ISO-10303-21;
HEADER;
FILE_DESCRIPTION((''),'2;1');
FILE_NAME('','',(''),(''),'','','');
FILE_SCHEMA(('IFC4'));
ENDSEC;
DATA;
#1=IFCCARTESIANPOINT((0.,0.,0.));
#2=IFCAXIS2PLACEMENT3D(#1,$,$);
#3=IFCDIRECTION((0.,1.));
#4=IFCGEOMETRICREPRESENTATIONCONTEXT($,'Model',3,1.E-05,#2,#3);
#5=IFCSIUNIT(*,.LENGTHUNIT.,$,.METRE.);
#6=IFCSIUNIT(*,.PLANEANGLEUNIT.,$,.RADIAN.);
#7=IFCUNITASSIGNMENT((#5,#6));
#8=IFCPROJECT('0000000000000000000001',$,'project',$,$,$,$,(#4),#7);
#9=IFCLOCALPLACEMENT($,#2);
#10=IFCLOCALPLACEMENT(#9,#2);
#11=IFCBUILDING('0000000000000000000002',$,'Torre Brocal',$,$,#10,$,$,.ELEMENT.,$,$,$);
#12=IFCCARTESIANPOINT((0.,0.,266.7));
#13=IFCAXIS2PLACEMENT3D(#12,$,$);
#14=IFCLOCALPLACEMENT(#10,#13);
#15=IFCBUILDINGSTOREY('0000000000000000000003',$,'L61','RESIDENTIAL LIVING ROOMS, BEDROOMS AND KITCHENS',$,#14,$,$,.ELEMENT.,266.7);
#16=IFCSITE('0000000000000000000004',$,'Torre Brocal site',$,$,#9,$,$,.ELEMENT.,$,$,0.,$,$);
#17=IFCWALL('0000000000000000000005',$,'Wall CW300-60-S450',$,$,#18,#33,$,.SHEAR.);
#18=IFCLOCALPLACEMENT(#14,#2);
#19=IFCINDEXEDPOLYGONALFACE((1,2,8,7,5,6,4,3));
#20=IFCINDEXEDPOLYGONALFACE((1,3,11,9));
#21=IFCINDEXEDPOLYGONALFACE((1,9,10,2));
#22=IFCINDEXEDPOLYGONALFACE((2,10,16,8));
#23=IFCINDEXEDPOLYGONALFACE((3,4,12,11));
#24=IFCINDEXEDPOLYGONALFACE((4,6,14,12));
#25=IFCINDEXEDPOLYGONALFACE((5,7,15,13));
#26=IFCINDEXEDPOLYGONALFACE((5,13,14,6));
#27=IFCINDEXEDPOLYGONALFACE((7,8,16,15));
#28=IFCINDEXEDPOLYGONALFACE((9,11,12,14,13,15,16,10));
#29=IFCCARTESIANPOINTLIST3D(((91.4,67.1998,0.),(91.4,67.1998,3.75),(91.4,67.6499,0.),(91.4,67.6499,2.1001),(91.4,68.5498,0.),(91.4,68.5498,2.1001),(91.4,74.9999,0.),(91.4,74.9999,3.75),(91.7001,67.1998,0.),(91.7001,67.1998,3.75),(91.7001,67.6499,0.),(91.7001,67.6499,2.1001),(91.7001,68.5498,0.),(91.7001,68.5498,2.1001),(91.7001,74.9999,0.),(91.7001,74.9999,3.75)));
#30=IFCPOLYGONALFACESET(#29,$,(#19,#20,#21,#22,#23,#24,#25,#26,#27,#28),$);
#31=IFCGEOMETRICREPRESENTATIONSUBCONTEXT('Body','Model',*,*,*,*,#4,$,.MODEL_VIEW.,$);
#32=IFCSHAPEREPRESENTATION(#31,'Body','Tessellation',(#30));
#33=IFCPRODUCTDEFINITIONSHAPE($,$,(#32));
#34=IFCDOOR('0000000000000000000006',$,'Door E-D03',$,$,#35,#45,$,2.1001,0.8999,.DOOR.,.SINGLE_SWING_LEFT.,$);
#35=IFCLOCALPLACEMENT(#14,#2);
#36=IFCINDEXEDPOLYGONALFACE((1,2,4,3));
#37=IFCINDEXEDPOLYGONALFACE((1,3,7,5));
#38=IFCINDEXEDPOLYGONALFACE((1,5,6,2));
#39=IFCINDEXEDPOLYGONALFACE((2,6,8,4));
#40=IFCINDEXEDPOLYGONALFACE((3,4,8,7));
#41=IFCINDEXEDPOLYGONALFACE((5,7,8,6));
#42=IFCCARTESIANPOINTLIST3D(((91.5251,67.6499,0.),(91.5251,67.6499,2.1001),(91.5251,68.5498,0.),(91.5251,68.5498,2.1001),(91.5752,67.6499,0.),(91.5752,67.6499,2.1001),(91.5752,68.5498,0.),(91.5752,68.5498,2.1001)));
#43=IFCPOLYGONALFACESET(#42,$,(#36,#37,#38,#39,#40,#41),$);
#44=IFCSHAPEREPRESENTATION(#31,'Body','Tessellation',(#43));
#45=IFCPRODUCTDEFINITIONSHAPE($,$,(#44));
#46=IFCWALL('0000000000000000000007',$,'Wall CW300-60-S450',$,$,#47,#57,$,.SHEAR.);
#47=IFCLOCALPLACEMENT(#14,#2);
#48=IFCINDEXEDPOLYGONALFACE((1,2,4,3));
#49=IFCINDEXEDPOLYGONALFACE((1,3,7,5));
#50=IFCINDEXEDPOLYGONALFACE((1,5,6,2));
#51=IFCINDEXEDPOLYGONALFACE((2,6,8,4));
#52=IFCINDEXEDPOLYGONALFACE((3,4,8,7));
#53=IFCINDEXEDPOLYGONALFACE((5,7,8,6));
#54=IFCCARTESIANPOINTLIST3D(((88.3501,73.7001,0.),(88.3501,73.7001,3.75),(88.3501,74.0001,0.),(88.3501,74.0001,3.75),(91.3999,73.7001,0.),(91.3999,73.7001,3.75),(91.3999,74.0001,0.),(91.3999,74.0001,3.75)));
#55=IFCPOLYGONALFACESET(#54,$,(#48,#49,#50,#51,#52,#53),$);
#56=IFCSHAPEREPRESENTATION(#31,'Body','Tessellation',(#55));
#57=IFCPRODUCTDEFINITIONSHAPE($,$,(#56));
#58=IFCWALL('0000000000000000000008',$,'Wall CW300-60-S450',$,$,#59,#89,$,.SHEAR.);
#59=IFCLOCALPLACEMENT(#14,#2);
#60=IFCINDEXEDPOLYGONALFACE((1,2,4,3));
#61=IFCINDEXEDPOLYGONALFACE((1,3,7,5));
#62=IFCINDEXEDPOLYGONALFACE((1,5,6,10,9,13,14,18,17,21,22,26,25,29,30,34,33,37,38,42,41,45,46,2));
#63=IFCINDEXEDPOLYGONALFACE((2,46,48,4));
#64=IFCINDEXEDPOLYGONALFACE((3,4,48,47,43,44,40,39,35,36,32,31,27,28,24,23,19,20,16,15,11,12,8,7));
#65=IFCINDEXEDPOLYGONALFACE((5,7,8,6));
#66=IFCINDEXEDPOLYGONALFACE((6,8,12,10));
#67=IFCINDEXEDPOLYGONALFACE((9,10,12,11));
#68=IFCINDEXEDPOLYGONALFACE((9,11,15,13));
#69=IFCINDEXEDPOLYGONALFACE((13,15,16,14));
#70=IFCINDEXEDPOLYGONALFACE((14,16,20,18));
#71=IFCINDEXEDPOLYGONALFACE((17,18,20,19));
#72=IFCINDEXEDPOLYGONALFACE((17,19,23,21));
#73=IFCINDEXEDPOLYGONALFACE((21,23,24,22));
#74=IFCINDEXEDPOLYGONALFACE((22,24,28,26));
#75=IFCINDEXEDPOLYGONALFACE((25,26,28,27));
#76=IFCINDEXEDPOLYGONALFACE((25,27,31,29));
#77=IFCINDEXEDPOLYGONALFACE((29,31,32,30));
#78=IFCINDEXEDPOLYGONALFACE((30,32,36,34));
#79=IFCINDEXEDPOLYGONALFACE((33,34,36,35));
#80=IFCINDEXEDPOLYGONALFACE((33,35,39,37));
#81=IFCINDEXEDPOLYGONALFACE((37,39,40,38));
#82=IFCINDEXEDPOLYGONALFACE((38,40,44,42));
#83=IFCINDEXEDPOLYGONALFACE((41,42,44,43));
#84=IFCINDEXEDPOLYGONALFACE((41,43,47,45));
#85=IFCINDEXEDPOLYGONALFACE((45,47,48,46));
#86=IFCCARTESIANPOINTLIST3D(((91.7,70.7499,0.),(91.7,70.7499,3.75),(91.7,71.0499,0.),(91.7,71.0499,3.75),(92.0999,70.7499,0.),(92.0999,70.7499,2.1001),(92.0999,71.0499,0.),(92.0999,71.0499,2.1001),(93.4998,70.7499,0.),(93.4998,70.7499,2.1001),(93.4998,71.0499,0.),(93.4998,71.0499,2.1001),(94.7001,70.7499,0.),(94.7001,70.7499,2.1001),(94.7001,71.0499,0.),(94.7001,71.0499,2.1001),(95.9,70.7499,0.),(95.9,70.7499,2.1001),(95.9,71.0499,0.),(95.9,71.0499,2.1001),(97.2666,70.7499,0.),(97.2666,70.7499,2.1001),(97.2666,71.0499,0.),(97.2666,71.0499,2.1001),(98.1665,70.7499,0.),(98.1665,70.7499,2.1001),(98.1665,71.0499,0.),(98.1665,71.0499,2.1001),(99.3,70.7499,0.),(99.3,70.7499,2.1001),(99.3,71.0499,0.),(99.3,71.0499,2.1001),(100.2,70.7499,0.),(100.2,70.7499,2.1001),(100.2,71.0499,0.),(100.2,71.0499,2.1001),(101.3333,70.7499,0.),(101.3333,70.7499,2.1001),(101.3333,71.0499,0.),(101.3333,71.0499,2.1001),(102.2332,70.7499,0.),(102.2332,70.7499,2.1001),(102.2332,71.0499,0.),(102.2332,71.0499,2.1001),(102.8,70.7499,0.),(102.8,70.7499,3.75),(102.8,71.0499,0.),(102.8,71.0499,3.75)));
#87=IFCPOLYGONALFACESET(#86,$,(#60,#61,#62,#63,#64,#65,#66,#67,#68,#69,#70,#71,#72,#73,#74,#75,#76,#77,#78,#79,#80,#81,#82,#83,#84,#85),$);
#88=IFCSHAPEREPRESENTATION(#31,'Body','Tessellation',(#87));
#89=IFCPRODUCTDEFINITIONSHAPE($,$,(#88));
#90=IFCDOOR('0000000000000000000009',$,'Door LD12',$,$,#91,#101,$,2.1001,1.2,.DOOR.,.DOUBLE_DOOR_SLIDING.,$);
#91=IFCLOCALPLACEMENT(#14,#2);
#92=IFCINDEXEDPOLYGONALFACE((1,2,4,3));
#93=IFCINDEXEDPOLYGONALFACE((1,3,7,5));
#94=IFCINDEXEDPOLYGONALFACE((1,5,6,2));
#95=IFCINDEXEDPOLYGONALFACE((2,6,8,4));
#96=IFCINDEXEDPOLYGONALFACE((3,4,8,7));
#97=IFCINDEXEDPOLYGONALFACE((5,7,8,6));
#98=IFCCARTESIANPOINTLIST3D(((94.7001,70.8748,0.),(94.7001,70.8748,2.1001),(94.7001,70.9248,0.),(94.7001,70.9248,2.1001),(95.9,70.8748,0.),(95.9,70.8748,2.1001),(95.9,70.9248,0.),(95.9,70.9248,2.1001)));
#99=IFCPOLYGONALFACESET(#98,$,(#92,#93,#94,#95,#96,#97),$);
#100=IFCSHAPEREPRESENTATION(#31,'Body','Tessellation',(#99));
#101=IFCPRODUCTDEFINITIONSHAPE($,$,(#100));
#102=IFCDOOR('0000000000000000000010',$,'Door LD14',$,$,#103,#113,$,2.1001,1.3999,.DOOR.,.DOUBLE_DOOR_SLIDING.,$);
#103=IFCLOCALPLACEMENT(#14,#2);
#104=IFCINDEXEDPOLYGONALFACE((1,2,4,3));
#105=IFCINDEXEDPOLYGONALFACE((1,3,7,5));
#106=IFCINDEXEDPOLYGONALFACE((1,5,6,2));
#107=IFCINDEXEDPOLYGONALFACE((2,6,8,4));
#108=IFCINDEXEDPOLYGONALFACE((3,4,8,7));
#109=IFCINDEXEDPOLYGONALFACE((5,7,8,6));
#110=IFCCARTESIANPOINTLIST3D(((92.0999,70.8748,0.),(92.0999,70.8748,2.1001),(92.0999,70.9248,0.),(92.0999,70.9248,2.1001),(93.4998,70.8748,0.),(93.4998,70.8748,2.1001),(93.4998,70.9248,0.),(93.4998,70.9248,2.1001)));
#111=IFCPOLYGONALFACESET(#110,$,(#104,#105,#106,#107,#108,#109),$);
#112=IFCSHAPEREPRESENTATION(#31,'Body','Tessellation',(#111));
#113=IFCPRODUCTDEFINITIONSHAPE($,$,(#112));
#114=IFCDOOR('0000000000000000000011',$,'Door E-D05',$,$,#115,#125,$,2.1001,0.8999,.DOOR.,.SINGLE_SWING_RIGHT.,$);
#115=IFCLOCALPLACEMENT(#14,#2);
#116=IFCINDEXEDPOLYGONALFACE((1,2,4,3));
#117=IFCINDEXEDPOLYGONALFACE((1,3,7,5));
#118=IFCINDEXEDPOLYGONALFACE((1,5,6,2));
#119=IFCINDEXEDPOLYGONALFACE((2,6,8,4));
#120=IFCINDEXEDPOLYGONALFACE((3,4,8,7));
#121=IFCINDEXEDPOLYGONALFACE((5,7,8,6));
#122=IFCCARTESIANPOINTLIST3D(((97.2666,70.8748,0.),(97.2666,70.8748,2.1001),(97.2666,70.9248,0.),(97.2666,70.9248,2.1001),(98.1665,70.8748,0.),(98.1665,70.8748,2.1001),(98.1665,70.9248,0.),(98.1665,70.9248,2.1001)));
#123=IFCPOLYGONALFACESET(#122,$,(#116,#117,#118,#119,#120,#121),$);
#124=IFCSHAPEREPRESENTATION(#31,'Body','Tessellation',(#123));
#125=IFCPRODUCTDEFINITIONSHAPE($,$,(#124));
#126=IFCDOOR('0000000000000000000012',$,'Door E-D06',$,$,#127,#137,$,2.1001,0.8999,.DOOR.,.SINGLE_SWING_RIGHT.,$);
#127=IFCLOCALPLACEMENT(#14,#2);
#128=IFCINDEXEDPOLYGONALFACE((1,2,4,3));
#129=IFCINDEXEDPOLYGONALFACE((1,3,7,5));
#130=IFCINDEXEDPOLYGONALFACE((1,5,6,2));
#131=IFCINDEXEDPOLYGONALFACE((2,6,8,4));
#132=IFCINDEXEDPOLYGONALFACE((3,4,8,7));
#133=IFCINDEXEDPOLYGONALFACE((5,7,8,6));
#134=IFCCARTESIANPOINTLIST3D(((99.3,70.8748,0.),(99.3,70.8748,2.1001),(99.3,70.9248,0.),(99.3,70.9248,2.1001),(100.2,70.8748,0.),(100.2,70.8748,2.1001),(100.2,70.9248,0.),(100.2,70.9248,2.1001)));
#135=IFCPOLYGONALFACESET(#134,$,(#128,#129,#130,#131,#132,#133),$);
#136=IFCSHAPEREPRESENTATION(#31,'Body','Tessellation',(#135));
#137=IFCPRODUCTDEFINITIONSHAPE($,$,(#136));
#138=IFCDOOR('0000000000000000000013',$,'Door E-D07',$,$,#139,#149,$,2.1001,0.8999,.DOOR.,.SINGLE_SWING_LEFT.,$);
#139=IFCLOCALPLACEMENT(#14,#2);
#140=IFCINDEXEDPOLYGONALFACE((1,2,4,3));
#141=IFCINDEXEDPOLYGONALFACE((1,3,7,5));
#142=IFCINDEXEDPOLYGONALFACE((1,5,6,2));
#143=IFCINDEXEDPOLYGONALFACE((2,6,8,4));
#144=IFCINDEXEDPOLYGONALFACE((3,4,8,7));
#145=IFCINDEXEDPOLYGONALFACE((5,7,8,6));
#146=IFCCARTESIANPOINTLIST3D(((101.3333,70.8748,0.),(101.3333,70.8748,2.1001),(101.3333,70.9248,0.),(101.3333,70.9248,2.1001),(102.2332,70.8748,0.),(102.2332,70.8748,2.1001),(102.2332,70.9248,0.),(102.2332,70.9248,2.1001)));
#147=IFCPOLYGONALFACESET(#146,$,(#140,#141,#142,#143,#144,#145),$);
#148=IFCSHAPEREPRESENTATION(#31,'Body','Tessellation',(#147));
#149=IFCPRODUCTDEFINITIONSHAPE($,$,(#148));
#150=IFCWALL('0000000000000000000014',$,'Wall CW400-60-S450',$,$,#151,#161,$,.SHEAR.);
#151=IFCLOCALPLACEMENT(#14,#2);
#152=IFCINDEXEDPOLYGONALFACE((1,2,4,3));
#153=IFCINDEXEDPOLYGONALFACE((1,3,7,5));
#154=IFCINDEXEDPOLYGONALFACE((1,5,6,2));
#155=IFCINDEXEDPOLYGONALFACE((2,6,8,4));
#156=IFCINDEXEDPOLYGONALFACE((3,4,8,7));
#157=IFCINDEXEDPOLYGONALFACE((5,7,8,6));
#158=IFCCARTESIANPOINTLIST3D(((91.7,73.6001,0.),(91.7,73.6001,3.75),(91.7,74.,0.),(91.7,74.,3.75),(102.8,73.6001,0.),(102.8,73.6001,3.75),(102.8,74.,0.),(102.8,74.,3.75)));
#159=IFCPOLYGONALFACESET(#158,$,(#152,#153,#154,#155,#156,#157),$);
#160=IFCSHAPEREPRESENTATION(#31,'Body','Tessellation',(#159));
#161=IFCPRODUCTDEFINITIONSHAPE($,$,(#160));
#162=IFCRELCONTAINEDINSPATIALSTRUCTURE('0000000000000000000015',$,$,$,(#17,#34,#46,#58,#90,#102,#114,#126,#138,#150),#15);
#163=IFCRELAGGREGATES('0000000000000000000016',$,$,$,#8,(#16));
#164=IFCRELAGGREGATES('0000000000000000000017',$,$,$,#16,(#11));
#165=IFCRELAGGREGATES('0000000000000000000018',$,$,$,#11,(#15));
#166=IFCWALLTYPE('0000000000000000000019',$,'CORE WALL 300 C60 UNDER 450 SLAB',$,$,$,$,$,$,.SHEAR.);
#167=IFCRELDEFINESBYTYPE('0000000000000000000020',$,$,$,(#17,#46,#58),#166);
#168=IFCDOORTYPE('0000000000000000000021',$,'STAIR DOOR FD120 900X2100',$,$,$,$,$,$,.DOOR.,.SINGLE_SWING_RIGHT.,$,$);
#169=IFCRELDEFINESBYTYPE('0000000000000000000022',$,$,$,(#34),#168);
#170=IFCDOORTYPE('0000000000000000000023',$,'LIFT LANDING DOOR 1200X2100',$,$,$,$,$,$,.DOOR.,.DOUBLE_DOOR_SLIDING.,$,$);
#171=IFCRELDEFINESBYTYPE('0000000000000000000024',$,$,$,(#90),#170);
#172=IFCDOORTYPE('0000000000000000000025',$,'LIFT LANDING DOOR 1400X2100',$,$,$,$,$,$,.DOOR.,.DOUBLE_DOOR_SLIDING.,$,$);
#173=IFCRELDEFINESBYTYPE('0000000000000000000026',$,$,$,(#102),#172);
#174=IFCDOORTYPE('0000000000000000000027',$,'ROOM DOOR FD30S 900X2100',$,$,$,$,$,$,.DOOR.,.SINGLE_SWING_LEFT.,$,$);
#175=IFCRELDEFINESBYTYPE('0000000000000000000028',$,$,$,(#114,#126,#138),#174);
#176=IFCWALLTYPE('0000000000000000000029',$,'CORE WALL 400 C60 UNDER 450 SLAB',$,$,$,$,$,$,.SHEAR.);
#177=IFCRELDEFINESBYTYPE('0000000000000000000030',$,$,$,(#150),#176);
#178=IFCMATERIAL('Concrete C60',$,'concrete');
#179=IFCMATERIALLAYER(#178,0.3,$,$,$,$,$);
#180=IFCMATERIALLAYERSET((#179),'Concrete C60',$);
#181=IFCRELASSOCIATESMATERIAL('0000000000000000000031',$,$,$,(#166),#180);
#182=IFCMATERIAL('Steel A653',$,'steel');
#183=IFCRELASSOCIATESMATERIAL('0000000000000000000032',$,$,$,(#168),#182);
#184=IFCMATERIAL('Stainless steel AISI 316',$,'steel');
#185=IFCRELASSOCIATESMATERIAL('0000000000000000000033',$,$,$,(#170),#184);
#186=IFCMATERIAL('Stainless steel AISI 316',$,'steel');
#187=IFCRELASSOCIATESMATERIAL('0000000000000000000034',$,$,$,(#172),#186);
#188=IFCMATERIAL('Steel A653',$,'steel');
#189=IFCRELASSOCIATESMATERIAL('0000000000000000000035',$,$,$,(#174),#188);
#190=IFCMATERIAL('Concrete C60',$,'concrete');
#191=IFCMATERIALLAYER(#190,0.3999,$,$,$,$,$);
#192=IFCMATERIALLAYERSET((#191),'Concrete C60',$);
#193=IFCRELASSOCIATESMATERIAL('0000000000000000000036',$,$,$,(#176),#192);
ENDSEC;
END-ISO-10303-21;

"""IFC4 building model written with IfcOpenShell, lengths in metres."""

from ifc_helpers import new_model, si_unit, direction, frame, frame_2d, origin, place, context, subcontext, project, spatial, rectangle, extrude, material, layer, layer_set, type_object, element, fill, save


model = new_model("IFC4")

# Units and contexts
model_context = context("Model", 3, precision=1e-05, world=origin(), true_north=direction((0.0, 1.0)))
body_context = subcontext(model_context, "Body", "Model", "MODEL_VIEW")
ifc_project = project(units=[si_unit("LENGTHUNIT", "METRE"), si_unit("PLANEANGLEUNIT", "RADIAN")], contexts=[model_context])

# Site, building, storey
site_placement = place(None, origin())
site = spatial("IfcSite", under=ifc_project, at=site_placement, Name="Torre Brocal site", CompositionType="ELEMENT", RefElevation=0.0)
building_placement = place(site_placement, origin())
building = spatial("IfcBuilding", under=site, at=building_placement, Name="Torre Brocal", CompositionType="ELEMENT")
storey_placement = place(building_placement, frame((0.0, 0.0, 266.7)))
storey = spatial("IfcBuildingStorey", under=building, at=storey_placement, Name="L61", Description="RESIDENTIAL LIVING ROOMS, BEDROOMS AND KITCHENS", CompositionType="ELEMENT", Elevation=266.7)

# Wall, opening, door
ifc_material_1 = material(Name="Concrete C60", Category="concrete")
ifc_layer_1 = layer(ifc_material_1, 0.3)
ifc_layer_set_1 = layer_set([ifc_layer_1], Name="Concrete C60")
wall_type_1 = type_object("IfcWallType", Name="CORE WALL 300 C60 UNDER 450 SLAB", PredefinedType="SHEAR", material=ifc_layer_set_1)
wall_1_placement = place(storey_placement, frame((91.55, 67.2, 0.0), z_axis=(0.0, 0.0, 1.0), x_axis=(0.0, 1.0, 0.0)))
wall_1 = element("IfcWall", 1, at=wall_1_placement, inside=storey, type_object=wall_type_1, Name="Wall CW300-60-S450", PredefinedType="SHEAR", context=body_context, shape_type="SweptSolid", body=[
    extrude(rectangle(XDim=7.8, YDim=0.3, at=frame_2d((3.8999, 0.0))), origin(), (0.0, 0.0, 1.0), 3.75),
])
opening_1_placement = place(wall_1_placement, frame((0.45, 0.0, 0.0)))
opening_1 = element("IfcOpeningElement", 2, at=opening_1_placement, cuts=wall_1, PredefinedType="OPENING", context=body_context, shape_type="SweptSolid", body=[
    extrude(rectangle(XDim=0.8999, YDim=2.1001, at=frame_2d((0.45, 1.05))), frame((0.0, 0.1599, 0.0), z_axis=(0.0, -1.0, 0.0), x_axis=(1.0, 0.0, 0.0)), (0.0, 0.0, 1.0), 0.3201),
])
ifc_material_2 = material(Name="Steel A653", Category="steel")
door_type_1 = type_object("IfcDoorType", Name="STAIR DOOR FD120 900X2100", OperationType="SINGLE_SWING_RIGHT", PredefinedType="DOOR", material=ifc_material_2)
door_1_placement = place(opening_1_placement, origin())
door_1 = element("IfcDoor", 3, at=door_1_placement, inside=storey, type_object=door_type_1, Name="Door E-D03", OperationType="SINGLE_SWING_LEFT", OverallHeight=2.1001, OverallWidth=0.8999, PredefinedType="DOOR", context=body_context, shape_type="SweptSolid", body=[
    extrude(rectangle(XDim=0.8999, YDim=2.1001, at=frame_2d((0.45, 1.05))), frame((0.0, 0.0249, 0.0), z_axis=(0.0, -1.0, 0.0), x_axis=(1.0, 0.0, 0.0)), (0.0, 0.0, 1.0), 0.05),
])
fill(opening_1, door_1)

# Wall
wall_2_placement = place(storey_placement, frame((88.3501, 73.8501, 0.0), z_axis=(0.0, 0.0, 1.0), x_axis=(1.0, 0.0, 0.0)))
element("IfcWall", 4, at=wall_2_placement, inside=storey, type_object=wall_type_1, Name="Wall CW300-60-S450", PredefinedType="SHEAR", context=body_context, shape_type="SweptSolid", body=[
    extrude(rectangle(XDim=3.0498, YDim=0.3, at=frame_2d((1.5249, 0.0))), origin(), (0.0, 0.0, 1.0), 3.75),
])

# Wall, openings, doors
wall_3_placement = place(storey_placement, frame((91.7, 70.8999, 0.0), z_axis=(0.0, 0.0, 1.0), x_axis=(1.0, 0.0, 0.0)))
wall_3 = element("IfcWall", 5, at=wall_3_placement, inside=storey, type_object=wall_type_1, Name="Wall CW300-60-S450", PredefinedType="SHEAR", context=body_context, shape_type="SweptSolid", body=[
    extrude(rectangle(XDim=11.1001, YDim=0.3, at=frame_2d((5.55, 0.0))), origin(), (0.0, 0.0, 1.0), 3.75),
])
opening_2_placement = place(wall_3_placement, frame((0.3999, 0.0, 0.0)))
opening_2 = element("IfcOpeningElement", 6, at=opening_2_placement, cuts=wall_3, PredefinedType="OPENING", context=body_context, shape_type="SweptSolid", body=[
    extrude(rectangle(XDim=1.3999, YDim=2.1001, at=frame_2d((0.7, 1.05))), frame((0.0, 0.1599, 0.0), z_axis=(0.0, -1.0, 0.0), x_axis=(1.0, 0.0, 0.0)), (0.0, 0.0, 1.0), 0.3201),
])
opening_3_placement = place(wall_3_placement, frame((3.0, 0.0, 0.0)))
opening_3 = element("IfcOpeningElement", 7, at=opening_3_placement, cuts=wall_3, PredefinedType="OPENING", context=body_context, shape_type="SweptSolid", body=[
    extrude(rectangle(XDim=1.2, YDim=2.1001, at=frame_2d((0.6001, 1.05))), frame((0.0, 0.1599, 0.0), z_axis=(0.0, -1.0, 0.0), x_axis=(1.0, 0.0, 0.0)), (0.0, 0.0, 1.0), 0.3201),
])
opening_4_placement = place(wall_3_placement, frame((5.5667, 0.0, 0.0)))
opening_4 = element("IfcOpeningElement", 8, at=opening_4_placement, cuts=wall_3, PredefinedType="OPENING", context=body_context, shape_type="SweptSolid", body=[
    extrude(rectangle(XDim=0.8999, YDim=2.1001, at=frame_2d((0.45, 1.05))), frame((0.0, 0.1599, 0.0), z_axis=(0.0, -1.0, 0.0), x_axis=(1.0, 0.0, 0.0)), (0.0, 0.0, 1.0), 0.3201),
])
opening_5_placement = place(wall_3_placement, frame((7.6001, 0.0, 0.0)))
opening_5 = element("IfcOpeningElement", 9, at=opening_5_placement, cuts=wall_3, PredefinedType="OPENING", context=body_context, shape_type="SweptSolid", body=[
    extrude(rectangle(XDim=0.8999, YDim=2.1001, at=frame_2d((0.45, 1.05))), frame((0.0, 0.1599, 0.0), z_axis=(0.0, -1.0, 0.0), x_axis=(1.0, 0.0, 0.0)), (0.0, 0.0, 1.0), 0.3201),
])
opening_6_placement = place(wall_3_placement, frame((9.6333, 0.0, 0.0)))
opening_6 = element("IfcOpeningElement", 10, at=opening_6_placement, cuts=wall_3, PredefinedType="OPENING", context=body_context, shape_type="SweptSolid", body=[
    extrude(rectangle(XDim=0.8999, YDim=2.1001, at=frame_2d((0.45, 1.05))), frame((0.0, 0.1599, 0.0), z_axis=(0.0, -1.0, 0.0), x_axis=(1.0, 0.0, 0.0)), (0.0, 0.0, 1.0), 0.3201),
])
ifc_material_3 = material(Name="Stainless steel AISI 316", Category="steel")
door_type_2 = type_object("IfcDoorType", Name="LIFT LANDING DOOR 1200X2100", OperationType="DOUBLE_DOOR_SLIDING", PredefinedType="DOOR", material=ifc_material_3)
door_2_placement = place(opening_3_placement, origin())
door_2 = element("IfcDoor", 11, at=door_2_placement, inside=storey, type_object=door_type_2, Name="Door LD12", OperationType="DOUBLE_DOOR_SLIDING", OverallHeight=2.1001, OverallWidth=1.2, PredefinedType="DOOR", context=body_context, shape_type="SweptSolid", body=[
    extrude(rectangle(XDim=1.2, YDim=2.1001, at=frame_2d((0.6001, 1.05))), frame((0.0, 0.0249, 0.0), z_axis=(0.0, -1.0, 0.0), x_axis=(1.0, 0.0, 0.0)), (0.0, 0.0, 1.0), 0.05),
])
fill(opening_3, door_2)
ifc_material_4 = material(Name="Stainless steel AISI 316", Category="steel")
door_type_3 = type_object("IfcDoorType", Name="LIFT LANDING DOOR 1400X2100", OperationType="DOUBLE_DOOR_SLIDING", PredefinedType="DOOR", material=ifc_material_4)
door_3_placement = place(opening_2_placement, origin())
door_3 = element("IfcDoor", 12, at=door_3_placement, inside=storey, type_object=door_type_3, Name="Door LD14", OperationType="DOUBLE_DOOR_SLIDING", OverallHeight=2.1001, OverallWidth=1.3999, PredefinedType="DOOR", context=body_context, shape_type="SweptSolid", body=[
    extrude(rectangle(XDim=1.3999, YDim=2.1001, at=frame_2d((0.7, 1.05))), frame((0.0, 0.0249, 0.0), z_axis=(0.0, -1.0, 0.0), x_axis=(1.0, 0.0, 0.0)), (0.0, 0.0, 1.0), 0.05),
])
fill(opening_2, door_3)
ifc_material_5 = material(Name="Steel A653", Category="steel")
door_type_4 = type_object("IfcDoorType", Name="ROOM DOOR FD30S 900X2100", OperationType="SINGLE_SWING_LEFT", PredefinedType="DOOR", material=ifc_material_5)
door_4_placement = place(opening_4_placement, origin())
door_4 = element("IfcDoor", 13, at=door_4_placement, inside=storey, type_object=door_type_4, Name="Door E-D05", OperationType="SINGLE_SWING_RIGHT", OverallHeight=2.1001, OverallWidth=0.8999, PredefinedType="DOOR", context=body_context, shape_type="SweptSolid", body=[
    extrude(rectangle(XDim=0.8999, YDim=2.1001, at=frame_2d((0.45, 1.05))), frame((0.0, 0.0249, 0.0), z_axis=(0.0, -1.0, 0.0), x_axis=(1.0, 0.0, 0.0)), (0.0, 0.0, 1.0), 0.05),
])
fill(opening_4, door_4)
door_5_placement = place(opening_5_placement, origin())
door_5 = element("IfcDoor", 14, at=door_5_placement, inside=storey, type_object=door_type_4, Name="Door E-D06", OperationType="SINGLE_SWING_RIGHT", OverallHeight=2.1001, OverallWidth=0.8999, PredefinedType="DOOR", context=body_context, shape_type="SweptSolid", body=[
    extrude(rectangle(XDim=0.8999, YDim=2.1001, at=frame_2d((0.45, 1.05))), frame((0.0, 0.0249, 0.0), z_axis=(0.0, -1.0, 0.0), x_axis=(1.0, 0.0, 0.0)), (0.0, 0.0, 1.0), 0.05),
])
fill(opening_5, door_5)
door_6_placement = place(opening_6_placement, origin())
door_6 = element("IfcDoor", 15, at=door_6_placement, inside=storey, type_object=door_type_4, Name="Door E-D07", OperationType="SINGLE_SWING_LEFT", OverallHeight=2.1001, OverallWidth=0.8999, PredefinedType="DOOR", context=body_context, shape_type="SweptSolid", body=[
    extrude(rectangle(XDim=0.8999, YDim=2.1001, at=frame_2d((0.45, 1.05))), frame((0.0, 0.0249, 0.0), z_axis=(0.0, -1.0, 0.0), x_axis=(1.0, 0.0, 0.0)), (0.0, 0.0, 1.0), 0.05),
])
fill(opening_6, door_6)

# Wall
ifc_material_6 = material(Name="Concrete C60", Category="concrete")
ifc_layer_2 = layer(ifc_material_6, 0.3999)
ifc_layer_set_2 = layer_set([ifc_layer_2], Name="Concrete C60")
wall_type_2 = type_object("IfcWallType", Name="CORE WALL 400 C60 UNDER 450 SLAB", PredefinedType="SHEAR", material=ifc_layer_set_2)
wall_4_placement = place(storey_placement, frame((91.7, 73.8, 0.0), z_axis=(0.0, 0.0, 1.0), x_axis=(1.0, 0.0, 0.0)))
element("IfcWall", 16, at=wall_4_placement, inside=storey, type_object=wall_type_2, Name="Wall CW400-60-S450", PredefinedType="SHEAR", context=body_context, shape_type="SweptSolid", body=[
    extrude(rectangle(XDim=11.1001, YDim=0.3999, at=frame_2d((5.55, 0.0))), origin(), (0.0, 0.0, 1.0), 3.75),
])

save(model, "model.ifc")
